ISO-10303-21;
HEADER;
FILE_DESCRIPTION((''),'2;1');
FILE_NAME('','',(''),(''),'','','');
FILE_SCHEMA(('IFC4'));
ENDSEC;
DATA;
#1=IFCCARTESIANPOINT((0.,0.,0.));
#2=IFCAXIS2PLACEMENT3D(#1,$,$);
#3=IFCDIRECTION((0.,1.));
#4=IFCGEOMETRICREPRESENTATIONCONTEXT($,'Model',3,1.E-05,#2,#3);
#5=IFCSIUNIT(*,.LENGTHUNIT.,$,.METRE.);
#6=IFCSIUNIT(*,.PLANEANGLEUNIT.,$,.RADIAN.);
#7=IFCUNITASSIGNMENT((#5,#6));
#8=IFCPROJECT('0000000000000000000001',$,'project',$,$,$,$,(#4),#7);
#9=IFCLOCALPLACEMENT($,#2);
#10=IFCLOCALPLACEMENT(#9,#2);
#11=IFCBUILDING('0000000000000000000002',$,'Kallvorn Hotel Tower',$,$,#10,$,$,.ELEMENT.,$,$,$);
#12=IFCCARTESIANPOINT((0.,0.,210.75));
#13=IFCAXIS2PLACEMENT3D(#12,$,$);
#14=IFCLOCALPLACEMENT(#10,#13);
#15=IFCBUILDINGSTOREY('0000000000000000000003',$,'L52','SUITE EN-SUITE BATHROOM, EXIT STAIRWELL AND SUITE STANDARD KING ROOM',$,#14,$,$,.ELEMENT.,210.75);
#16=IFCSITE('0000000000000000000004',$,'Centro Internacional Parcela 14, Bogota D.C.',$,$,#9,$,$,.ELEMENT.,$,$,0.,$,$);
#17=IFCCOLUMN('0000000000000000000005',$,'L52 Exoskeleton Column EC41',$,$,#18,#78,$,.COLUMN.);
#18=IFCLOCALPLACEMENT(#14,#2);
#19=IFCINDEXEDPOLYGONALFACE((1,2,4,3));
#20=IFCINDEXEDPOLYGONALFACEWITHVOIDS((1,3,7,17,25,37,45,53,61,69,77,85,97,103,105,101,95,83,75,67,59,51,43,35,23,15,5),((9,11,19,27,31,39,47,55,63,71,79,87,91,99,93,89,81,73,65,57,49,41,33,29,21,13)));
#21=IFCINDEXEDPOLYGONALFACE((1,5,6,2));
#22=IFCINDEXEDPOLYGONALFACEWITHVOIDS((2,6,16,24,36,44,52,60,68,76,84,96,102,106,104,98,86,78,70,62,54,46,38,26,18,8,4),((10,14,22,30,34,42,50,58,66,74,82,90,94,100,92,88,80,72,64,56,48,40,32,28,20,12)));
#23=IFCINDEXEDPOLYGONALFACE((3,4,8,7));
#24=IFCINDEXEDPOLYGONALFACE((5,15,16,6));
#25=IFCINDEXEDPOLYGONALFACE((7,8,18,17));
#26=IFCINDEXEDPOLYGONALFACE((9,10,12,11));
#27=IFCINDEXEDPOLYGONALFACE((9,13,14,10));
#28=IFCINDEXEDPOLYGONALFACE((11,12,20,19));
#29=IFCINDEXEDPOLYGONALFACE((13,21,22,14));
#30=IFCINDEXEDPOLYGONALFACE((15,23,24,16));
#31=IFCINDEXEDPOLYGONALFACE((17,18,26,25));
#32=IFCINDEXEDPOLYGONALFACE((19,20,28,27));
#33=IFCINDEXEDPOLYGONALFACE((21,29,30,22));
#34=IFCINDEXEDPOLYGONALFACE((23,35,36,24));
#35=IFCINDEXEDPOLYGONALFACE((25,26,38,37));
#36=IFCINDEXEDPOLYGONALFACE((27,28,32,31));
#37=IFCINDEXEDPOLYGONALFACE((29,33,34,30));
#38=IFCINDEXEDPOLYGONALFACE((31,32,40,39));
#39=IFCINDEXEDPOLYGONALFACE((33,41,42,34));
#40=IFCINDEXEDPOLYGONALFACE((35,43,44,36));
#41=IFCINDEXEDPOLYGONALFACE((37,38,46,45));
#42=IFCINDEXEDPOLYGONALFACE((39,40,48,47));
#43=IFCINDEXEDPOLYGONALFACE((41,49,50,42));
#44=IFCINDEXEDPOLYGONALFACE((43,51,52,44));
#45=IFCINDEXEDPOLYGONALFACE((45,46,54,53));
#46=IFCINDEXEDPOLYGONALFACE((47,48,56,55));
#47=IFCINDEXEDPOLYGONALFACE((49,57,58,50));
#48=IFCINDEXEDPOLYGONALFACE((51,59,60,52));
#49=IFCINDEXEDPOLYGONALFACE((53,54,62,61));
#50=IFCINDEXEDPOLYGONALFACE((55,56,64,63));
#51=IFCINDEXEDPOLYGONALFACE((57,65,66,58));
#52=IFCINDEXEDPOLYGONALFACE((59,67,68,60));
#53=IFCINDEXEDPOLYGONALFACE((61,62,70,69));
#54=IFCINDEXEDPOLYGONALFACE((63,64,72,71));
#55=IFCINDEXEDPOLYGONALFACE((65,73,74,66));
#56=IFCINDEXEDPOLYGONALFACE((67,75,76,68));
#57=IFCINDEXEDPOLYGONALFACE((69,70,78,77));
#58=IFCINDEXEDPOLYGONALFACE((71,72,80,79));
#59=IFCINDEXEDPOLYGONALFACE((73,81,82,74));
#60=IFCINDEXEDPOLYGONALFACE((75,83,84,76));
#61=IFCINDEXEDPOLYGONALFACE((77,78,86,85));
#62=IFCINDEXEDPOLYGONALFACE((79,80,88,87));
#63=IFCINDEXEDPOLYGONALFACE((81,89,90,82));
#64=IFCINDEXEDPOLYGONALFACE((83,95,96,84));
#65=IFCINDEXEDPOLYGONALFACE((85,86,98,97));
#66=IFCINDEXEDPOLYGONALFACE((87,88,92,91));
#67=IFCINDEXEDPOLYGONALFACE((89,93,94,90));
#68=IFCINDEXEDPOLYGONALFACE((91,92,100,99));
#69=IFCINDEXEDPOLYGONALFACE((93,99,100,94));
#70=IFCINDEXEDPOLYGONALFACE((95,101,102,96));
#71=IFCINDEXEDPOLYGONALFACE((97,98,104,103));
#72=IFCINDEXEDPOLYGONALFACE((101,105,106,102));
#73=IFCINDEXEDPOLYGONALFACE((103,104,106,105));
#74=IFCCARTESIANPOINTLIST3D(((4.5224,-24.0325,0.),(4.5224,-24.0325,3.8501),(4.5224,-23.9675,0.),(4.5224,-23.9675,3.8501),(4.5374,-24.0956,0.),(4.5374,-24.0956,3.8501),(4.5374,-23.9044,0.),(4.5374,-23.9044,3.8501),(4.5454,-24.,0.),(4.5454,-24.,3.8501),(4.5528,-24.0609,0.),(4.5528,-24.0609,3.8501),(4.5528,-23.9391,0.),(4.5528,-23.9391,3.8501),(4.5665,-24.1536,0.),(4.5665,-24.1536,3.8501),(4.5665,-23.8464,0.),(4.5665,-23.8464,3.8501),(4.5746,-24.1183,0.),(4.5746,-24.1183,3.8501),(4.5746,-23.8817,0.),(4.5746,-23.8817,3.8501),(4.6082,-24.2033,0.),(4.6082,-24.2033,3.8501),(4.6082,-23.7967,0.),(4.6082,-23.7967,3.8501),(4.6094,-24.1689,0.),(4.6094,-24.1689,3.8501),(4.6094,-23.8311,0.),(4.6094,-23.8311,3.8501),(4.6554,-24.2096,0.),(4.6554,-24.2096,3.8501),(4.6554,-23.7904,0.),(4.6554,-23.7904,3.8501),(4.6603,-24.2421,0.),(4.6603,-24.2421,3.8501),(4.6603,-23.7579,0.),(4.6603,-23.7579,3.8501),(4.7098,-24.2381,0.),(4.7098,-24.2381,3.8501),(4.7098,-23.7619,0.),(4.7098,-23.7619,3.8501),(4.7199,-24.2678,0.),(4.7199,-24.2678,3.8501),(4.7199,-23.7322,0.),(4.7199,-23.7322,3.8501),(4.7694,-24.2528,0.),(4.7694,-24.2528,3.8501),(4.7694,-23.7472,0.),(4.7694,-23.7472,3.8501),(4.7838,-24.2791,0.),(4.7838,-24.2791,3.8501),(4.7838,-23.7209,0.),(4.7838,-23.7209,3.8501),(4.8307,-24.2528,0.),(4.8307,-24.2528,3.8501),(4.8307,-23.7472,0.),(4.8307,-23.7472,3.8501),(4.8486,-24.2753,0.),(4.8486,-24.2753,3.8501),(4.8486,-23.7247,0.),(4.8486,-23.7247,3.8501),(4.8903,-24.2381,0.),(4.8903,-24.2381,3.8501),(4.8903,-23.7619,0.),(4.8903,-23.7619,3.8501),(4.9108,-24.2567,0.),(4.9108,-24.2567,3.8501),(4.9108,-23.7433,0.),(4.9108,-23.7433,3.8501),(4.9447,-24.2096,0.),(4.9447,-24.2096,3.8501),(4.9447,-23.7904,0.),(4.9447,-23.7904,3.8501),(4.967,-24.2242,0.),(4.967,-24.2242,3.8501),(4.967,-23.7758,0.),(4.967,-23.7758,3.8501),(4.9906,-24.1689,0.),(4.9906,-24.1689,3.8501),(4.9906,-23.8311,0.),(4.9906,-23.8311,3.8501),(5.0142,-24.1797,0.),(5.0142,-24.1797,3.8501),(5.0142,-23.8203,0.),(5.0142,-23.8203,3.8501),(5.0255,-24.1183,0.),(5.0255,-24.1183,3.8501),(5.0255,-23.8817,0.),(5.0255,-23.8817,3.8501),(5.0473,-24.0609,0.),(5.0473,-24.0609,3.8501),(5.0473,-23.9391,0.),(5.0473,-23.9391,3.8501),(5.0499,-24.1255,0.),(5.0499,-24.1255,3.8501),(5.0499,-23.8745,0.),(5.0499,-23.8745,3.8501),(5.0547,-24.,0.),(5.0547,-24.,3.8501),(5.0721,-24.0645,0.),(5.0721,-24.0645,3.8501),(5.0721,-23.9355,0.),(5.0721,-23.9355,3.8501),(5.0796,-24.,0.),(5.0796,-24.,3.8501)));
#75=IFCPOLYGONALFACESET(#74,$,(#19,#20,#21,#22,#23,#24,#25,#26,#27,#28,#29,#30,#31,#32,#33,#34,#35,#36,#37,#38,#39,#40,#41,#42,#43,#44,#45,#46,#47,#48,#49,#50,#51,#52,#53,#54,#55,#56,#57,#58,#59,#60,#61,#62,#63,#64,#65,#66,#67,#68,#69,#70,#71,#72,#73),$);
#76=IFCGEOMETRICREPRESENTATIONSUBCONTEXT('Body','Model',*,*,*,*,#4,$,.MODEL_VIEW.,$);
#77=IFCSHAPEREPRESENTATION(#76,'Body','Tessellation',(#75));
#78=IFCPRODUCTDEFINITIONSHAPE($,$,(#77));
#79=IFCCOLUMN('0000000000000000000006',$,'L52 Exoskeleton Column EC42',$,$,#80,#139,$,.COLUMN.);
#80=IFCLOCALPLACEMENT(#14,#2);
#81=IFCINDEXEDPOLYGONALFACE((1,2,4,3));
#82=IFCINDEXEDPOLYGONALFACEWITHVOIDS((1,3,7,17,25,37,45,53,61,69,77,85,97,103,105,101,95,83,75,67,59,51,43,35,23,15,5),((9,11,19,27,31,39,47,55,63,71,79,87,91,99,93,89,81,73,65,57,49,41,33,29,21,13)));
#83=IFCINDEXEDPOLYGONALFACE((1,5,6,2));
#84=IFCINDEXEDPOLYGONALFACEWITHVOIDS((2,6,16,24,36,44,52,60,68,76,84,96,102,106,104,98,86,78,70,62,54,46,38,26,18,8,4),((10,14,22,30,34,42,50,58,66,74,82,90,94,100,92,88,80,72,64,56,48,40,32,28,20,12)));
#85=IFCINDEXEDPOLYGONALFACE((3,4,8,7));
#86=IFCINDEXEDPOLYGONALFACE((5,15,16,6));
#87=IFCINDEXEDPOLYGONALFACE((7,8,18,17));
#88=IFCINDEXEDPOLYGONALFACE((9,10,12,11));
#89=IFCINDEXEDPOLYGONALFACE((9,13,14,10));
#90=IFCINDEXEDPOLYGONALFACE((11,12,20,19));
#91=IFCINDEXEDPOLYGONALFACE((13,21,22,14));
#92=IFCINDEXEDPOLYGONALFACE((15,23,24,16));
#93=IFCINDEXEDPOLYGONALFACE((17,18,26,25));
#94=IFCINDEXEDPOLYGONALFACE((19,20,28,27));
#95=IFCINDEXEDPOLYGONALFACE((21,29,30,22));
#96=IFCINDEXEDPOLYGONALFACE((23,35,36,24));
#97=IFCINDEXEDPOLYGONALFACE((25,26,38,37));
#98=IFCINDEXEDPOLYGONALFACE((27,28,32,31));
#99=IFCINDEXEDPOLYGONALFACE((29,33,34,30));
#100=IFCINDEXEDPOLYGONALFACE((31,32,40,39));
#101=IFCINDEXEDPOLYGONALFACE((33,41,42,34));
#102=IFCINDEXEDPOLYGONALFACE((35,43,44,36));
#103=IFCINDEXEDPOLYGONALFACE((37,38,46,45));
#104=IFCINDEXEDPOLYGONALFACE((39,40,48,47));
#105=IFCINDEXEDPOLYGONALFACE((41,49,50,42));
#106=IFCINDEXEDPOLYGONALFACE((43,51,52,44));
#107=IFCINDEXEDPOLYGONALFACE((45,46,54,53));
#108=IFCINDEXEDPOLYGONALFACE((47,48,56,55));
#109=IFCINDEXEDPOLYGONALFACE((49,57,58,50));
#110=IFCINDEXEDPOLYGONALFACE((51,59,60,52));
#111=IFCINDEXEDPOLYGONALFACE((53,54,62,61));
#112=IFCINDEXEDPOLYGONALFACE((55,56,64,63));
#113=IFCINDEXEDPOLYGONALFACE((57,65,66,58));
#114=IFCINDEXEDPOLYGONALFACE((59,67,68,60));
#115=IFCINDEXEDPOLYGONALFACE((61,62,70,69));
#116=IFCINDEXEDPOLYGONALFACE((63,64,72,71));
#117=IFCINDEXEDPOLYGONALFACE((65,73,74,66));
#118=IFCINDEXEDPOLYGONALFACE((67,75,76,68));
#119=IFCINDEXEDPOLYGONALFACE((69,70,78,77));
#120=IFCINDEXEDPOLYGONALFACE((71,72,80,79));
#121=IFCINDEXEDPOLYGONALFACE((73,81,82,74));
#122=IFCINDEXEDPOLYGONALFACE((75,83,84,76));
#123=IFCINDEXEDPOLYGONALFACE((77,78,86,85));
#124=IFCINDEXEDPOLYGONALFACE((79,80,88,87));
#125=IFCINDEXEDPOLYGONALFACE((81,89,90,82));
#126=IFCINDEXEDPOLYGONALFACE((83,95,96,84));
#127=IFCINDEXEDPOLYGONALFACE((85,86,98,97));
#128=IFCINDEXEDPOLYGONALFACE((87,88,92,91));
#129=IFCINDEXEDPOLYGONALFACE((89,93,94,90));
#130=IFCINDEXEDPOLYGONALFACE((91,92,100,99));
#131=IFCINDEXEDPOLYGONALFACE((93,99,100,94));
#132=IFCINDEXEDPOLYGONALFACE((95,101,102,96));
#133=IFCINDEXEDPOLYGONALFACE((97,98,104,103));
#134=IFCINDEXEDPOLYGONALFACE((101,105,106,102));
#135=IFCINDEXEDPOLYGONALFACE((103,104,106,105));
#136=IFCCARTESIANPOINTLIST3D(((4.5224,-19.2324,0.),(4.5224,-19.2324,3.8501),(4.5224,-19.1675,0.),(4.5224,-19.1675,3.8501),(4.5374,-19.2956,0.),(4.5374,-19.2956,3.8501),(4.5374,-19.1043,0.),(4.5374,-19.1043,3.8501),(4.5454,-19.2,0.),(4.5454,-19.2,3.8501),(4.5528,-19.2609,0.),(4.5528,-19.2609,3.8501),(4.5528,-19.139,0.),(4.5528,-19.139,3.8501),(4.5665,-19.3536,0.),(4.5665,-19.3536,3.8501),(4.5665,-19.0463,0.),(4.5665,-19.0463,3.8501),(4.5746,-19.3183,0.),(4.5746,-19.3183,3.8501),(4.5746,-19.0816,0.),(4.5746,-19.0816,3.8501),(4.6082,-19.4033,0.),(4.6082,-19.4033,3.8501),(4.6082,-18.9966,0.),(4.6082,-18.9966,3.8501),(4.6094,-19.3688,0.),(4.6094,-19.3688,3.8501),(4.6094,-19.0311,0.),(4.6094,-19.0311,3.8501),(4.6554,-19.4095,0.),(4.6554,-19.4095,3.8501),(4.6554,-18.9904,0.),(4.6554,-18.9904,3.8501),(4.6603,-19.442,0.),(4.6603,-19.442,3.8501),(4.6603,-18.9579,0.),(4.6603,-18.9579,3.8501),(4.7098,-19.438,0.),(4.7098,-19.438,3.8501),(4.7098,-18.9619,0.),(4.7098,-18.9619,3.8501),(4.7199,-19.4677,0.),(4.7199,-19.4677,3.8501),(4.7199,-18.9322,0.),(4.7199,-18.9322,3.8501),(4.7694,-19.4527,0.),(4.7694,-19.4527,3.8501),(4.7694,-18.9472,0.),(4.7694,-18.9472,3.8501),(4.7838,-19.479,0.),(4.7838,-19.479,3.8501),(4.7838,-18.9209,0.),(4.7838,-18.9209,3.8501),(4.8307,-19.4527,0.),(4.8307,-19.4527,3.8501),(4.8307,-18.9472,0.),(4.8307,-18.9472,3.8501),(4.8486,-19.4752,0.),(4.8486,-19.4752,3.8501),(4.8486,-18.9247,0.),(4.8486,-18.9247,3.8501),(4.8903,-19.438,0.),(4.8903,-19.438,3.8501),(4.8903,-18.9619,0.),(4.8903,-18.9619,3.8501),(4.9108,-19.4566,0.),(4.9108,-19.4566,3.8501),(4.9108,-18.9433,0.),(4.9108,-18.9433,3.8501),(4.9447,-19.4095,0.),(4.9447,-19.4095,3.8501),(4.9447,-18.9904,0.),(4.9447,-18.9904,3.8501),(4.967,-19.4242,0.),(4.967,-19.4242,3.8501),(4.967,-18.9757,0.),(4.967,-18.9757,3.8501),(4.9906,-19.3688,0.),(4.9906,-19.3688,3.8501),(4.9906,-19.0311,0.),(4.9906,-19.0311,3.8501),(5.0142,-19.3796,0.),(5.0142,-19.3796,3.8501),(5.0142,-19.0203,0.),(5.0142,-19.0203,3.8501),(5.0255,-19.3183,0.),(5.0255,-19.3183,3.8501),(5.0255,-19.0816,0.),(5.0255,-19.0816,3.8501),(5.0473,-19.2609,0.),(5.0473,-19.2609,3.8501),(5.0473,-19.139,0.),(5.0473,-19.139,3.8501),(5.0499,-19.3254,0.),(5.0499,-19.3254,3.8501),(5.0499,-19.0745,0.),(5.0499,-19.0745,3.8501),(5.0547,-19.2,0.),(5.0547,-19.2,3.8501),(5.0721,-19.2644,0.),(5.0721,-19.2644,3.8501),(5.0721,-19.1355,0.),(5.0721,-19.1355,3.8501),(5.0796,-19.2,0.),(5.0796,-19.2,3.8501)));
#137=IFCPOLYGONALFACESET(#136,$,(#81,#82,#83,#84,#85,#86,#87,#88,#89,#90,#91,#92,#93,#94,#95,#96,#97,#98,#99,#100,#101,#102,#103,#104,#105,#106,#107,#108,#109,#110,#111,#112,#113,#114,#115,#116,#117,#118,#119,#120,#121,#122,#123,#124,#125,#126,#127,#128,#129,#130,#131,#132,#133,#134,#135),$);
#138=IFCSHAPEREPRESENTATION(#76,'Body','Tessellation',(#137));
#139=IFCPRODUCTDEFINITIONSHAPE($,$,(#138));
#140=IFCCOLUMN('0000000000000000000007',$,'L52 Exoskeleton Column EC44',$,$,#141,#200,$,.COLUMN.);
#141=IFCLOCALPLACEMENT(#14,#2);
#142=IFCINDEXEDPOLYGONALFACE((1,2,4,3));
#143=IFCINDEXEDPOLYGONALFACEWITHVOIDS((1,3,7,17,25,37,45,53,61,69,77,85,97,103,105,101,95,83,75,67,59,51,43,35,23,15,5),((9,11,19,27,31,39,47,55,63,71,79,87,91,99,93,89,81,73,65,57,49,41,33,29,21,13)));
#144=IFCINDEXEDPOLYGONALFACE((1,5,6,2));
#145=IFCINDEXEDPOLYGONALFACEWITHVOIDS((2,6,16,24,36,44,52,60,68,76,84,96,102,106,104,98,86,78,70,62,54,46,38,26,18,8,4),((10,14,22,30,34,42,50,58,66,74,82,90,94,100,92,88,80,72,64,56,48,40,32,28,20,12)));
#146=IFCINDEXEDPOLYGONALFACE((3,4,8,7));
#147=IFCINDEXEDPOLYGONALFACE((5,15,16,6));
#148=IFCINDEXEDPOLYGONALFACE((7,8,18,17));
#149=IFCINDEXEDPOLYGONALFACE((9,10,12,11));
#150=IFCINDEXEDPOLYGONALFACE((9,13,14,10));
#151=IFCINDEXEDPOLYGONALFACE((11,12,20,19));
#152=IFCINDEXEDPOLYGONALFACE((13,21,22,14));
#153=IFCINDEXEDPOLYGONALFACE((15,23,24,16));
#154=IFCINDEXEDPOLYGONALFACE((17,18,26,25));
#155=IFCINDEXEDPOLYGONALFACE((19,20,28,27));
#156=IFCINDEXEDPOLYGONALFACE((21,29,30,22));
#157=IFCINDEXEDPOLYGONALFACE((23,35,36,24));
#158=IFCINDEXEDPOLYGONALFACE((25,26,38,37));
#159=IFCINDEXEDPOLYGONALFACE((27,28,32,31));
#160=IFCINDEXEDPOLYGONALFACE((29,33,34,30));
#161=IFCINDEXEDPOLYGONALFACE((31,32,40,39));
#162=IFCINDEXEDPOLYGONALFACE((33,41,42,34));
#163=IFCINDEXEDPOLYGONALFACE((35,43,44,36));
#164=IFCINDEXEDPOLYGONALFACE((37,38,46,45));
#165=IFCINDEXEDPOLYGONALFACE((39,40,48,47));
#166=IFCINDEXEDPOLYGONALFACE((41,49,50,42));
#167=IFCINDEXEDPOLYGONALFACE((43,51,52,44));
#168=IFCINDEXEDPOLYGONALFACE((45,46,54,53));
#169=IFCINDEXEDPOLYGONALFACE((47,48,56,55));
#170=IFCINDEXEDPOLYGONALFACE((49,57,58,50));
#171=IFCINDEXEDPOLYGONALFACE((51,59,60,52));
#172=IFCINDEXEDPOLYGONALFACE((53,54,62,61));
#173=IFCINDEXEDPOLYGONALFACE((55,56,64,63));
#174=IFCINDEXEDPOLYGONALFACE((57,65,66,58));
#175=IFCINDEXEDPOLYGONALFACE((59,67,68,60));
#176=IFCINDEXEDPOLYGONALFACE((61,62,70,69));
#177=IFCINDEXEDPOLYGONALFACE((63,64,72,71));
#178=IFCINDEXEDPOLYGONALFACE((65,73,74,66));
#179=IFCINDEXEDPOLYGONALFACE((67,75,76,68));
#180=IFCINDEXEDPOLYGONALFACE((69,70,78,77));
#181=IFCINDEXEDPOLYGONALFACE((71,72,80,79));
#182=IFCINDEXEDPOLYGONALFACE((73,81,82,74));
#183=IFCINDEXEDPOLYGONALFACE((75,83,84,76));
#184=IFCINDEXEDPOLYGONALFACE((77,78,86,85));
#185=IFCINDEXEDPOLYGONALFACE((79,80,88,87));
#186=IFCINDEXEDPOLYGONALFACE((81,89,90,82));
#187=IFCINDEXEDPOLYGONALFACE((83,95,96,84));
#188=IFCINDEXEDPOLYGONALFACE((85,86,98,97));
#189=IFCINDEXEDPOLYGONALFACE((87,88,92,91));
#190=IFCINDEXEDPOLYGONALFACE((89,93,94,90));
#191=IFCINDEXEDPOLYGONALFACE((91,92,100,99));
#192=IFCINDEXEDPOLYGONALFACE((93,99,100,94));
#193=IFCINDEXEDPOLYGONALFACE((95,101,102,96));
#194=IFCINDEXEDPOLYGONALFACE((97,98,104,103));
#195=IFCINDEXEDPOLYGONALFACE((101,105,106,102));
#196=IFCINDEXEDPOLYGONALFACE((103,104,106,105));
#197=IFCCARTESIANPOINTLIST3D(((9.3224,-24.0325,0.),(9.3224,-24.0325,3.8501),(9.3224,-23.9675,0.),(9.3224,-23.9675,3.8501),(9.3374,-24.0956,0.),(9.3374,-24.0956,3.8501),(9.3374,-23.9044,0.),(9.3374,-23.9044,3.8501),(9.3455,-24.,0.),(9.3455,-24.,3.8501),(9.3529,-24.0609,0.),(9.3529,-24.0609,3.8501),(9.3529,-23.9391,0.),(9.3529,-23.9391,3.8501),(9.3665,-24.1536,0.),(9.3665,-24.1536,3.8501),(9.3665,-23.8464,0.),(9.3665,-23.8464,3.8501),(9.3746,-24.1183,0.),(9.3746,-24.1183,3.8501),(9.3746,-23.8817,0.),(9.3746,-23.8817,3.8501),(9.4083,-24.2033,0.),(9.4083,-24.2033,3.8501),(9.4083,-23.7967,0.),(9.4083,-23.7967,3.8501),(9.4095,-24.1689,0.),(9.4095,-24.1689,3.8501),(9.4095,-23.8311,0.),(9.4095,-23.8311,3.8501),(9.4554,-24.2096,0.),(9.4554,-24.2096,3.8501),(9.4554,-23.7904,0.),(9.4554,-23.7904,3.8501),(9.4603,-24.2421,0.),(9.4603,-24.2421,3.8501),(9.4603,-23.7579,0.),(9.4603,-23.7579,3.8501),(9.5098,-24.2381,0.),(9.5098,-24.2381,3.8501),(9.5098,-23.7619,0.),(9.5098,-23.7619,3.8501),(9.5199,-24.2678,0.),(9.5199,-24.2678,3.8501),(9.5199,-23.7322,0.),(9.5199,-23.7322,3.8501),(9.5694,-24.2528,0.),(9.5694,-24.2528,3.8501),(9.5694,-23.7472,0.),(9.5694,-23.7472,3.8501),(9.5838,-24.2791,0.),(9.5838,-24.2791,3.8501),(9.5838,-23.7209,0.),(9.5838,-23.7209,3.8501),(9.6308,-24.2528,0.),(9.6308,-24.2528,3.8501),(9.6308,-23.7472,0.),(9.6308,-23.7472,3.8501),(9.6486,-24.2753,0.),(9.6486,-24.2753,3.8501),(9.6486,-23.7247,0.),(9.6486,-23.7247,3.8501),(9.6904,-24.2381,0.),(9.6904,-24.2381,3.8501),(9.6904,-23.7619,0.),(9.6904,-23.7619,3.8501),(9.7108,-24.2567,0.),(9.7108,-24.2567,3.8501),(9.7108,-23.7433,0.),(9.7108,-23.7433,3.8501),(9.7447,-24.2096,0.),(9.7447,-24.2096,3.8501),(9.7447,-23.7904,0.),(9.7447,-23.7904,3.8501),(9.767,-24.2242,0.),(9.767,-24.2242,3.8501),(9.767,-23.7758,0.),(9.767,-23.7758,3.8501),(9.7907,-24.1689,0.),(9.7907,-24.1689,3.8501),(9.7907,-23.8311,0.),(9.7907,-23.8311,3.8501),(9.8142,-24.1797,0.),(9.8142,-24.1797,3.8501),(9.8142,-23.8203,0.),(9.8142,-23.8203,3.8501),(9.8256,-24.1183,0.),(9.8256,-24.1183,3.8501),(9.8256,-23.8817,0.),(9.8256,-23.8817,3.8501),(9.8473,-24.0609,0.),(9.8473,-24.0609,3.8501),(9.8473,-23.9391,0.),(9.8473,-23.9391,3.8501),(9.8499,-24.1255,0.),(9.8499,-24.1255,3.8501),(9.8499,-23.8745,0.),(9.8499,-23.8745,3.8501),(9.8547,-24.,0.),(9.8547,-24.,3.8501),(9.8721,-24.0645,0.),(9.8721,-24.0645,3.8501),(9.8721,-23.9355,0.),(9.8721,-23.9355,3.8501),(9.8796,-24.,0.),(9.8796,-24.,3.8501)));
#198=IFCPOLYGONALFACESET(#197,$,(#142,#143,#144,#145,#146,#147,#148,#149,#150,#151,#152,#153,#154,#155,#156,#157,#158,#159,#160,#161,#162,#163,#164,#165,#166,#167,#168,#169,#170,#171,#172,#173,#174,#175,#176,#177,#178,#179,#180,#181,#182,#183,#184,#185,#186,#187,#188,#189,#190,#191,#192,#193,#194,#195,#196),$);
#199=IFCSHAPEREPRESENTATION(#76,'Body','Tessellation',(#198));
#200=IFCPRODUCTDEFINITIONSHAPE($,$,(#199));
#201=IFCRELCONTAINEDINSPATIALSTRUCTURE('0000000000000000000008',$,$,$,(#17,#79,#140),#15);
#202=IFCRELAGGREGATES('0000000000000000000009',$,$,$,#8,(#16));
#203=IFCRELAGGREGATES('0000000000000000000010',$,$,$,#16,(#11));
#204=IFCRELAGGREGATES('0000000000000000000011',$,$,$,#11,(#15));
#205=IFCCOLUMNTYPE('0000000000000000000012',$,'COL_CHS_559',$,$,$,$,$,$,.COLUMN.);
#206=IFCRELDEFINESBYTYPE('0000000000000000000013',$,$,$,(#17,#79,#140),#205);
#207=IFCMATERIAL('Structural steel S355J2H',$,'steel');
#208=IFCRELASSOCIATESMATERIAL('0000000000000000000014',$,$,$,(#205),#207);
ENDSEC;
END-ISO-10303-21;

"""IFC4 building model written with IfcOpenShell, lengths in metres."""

from ifc_helpers import new_model, si_unit, direction, frame, origin, origin_2d, place, context, subcontext, project, spatial, hollow_circle, extrude, material, material_profile, profile_set, type_object, element, save


model = new_model("IFC4")

# Units and contexts
model_context = context("Model", 3, precision=1e-05, world=origin(), true_north=direction((0.0, 1.0)))
body_context = subcontext(model_context, "Body", "Model", "MODEL_VIEW")
ifc_project = project(units=[si_unit("LENGTHUNIT", "METRE"), si_unit("PLANEANGLEUNIT", "RADIAN")], contexts=[model_context])

# Site, building, storey
site_placement = place(None, origin())
site = spatial("IfcSite", under=ifc_project, at=site_placement, Name="Centro Internacional Parcela 14, Bogota D.C.", CompositionType="ELEMENT", RefElevation=0.0)
building_placement = place(site_placement, origin())
building = spatial("IfcBuilding", under=site, at=building_placement, Name="Kallvorn Hotel Tower", CompositionType="ELEMENT")
storey_placement = place(building_placement, frame((0.0, 0.0, 210.75)))
storey = spatial("IfcBuildingStorey", under=building, at=storey_placement, Name="L52", Description="SUITE EN-SUITE BATHROOM, EXIT STAIRWELL AND SUITE STANDARD KING ROOM", CompositionType="ELEMENT", Elevation=210.75)

# Columns
ifc_material_1 = material(Name="Structural steel S355J2H", Category="steel")
ifc_material_profile_1 = material_profile(ifc_material_1, hollow_circle(Radius=0.2795, WallThickness=0.0249, at=origin_2d()), Name="CHS 559x25")
ifc_profile_set_1 = profile_set([ifc_material_profile_1], Name="Structural steel S355J2H")
column_type_1 = type_object("IfcColumnType", Name="COL_CHS_559", PredefinedType="COLUMN", material=ifc_profile_set_1)
for number, where, z_axis, x_axis, name in (
    (1, (4.8, -24.0, 0.0), (0.0, 0.0, 1.0), (1.0, 0.0, 0.0), "L52 Exoskeleton Column EC41"),
    (2, (4.8, -19.2, 0.0), (0.0, 0.0, 1.0), (1.0, 0.0, 0.0), "L52 Exoskeleton Column EC42"),
    (3, (9.6001, -24.0, 0.0), (0.0, 0.0, 1.0), (1.0, 0.0, 0.0), "L52 Exoskeleton Column EC44"),
):
    element("IfcColumn", number, at=place(storey_placement, frame(where, z_axis=z_axis, x_axis=x_axis)), inside=storey, type_object=column_type_1, Name=name, PredefinedType="COLUMN", context=body_context, shape_type="SweptSolid", body=[
        extrude(hollow_circle(Radius=0.2795, WallThickness=0.0249, at=origin_2d()), origin(), (0.0, 0.0, 1.0), 3.8501),
    ])

save(model, "model.ifc")
